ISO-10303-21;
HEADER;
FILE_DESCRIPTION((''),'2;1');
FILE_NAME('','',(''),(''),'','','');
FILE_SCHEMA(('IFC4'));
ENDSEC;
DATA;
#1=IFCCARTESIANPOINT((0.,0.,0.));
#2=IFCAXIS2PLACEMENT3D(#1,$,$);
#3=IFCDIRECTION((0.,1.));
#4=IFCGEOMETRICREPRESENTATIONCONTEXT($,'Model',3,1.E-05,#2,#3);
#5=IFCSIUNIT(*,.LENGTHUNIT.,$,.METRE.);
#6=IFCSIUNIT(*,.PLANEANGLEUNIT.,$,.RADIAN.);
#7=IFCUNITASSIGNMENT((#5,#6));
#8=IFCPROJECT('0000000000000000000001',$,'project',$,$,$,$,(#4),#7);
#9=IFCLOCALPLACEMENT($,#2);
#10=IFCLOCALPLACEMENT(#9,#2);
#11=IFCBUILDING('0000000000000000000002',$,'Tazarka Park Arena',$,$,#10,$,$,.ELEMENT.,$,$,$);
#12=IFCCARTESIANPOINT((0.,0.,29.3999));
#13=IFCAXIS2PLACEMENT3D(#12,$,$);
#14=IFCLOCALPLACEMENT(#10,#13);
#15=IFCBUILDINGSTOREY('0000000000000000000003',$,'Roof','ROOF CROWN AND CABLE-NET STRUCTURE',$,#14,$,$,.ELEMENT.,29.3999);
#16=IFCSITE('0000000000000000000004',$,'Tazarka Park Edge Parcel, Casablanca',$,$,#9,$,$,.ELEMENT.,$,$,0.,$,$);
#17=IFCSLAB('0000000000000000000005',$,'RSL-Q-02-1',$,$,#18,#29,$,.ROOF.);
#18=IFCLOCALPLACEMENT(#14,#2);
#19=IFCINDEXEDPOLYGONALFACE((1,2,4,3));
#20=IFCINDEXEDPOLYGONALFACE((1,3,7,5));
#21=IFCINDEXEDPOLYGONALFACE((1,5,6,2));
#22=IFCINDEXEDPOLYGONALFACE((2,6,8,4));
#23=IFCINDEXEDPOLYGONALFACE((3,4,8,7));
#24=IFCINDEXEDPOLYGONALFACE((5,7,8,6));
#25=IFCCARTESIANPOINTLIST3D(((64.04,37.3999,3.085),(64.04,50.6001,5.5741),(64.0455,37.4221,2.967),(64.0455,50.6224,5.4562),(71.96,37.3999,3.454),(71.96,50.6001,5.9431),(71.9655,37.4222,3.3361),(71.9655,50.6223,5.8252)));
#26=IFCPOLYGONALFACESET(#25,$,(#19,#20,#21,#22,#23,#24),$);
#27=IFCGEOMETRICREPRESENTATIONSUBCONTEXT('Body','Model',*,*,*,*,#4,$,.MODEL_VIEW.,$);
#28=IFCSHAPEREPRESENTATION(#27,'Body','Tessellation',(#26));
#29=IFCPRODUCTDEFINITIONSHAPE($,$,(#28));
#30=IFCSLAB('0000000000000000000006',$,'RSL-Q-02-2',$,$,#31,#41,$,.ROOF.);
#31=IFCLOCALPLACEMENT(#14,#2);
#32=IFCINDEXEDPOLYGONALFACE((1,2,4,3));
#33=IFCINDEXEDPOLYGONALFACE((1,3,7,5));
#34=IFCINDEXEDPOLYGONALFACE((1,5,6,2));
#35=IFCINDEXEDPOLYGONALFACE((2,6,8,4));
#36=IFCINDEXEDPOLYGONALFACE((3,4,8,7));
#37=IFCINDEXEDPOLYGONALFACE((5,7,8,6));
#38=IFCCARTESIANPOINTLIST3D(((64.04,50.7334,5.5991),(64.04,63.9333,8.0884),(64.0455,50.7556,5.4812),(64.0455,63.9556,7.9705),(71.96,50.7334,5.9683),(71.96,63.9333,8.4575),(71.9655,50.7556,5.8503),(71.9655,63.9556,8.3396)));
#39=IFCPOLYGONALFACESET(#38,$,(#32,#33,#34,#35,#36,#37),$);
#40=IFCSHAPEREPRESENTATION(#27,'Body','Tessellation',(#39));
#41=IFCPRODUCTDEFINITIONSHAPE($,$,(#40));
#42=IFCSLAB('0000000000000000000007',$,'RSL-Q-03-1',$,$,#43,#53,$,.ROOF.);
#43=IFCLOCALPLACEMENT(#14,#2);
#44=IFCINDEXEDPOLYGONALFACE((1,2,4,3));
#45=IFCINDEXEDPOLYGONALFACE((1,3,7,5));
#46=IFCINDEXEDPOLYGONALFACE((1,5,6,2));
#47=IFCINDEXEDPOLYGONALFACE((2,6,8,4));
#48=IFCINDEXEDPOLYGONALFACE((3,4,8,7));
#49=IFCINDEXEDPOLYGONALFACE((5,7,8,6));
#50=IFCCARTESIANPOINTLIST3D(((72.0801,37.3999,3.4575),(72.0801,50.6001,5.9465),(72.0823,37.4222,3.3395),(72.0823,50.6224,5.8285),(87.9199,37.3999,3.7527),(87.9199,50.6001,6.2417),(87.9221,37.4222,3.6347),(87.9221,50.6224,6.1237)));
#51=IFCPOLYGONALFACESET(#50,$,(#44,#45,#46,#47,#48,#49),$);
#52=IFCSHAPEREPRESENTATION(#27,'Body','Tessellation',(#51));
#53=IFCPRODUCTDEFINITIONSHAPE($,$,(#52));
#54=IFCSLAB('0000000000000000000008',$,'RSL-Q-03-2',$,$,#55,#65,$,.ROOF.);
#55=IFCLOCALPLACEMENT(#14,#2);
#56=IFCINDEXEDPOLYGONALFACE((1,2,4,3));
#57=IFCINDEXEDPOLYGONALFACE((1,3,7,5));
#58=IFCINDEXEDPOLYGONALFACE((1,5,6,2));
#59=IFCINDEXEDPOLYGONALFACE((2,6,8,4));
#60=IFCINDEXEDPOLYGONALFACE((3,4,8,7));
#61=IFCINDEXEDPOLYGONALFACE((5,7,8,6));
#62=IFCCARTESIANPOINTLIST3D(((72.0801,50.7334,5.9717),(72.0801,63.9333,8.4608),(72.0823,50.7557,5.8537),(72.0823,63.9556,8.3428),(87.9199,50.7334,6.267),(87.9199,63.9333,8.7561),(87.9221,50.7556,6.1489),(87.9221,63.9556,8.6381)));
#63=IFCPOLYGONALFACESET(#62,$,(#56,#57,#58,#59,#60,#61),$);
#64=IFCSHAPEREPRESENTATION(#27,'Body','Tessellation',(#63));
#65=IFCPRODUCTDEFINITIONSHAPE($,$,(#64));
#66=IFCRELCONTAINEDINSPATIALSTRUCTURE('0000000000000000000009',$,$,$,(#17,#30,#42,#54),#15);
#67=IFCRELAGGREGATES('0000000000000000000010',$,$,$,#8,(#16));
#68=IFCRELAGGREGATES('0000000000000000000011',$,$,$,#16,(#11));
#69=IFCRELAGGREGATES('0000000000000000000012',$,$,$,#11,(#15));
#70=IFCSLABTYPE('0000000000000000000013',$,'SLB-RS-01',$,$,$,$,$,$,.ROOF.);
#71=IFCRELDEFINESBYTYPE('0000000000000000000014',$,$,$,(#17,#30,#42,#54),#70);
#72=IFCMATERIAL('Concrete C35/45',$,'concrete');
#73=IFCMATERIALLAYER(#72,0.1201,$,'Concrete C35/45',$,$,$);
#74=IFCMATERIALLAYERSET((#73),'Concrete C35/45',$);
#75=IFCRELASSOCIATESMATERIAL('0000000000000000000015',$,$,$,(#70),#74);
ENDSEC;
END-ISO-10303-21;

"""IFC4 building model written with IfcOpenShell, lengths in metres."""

from ifc_helpers import new_model, si_unit, direction, frame, origin, place, context, subcontext, project, spatial, polyline, outline, extrude, material, layer, layer_set, type_object, element, save


model = new_model("IFC4")

# Units and contexts
model_context = context("Model", 3, precision=1e-05, world=origin(), true_north=direction((0.0, 1.0)))
body_context = subcontext(model_context, "Body", "Model", "MODEL_VIEW")
ifc_project = project(units=[si_unit("LENGTHUNIT", "METRE"), si_unit("PLANEANGLEUNIT", "RADIAN")], contexts=[model_context])

# Site, building, storey
site_placement = place(None, origin())
site = spatial("IfcSite", under=ifc_project, at=site_placement, Name="Tazarka Park Edge Parcel, Casablanca", CompositionType="ELEMENT", RefElevation=0.0)
building_placement = place(site_placement, origin())
building = spatial("IfcBuilding", under=site, at=building_placement, Name="Tazarka Park Arena", CompositionType="ELEMENT")
storey_placement = place(building_placement, frame((0.0, 0.0, 29.3999)))
storey = spatial("IfcBuildingStorey", under=building, at=storey_placement, Name="Roof", Description="ROOF CROWN AND CABLE-NET STRUCTURE", CompositionType="ELEMENT", Elevation=29.3999)

# Slabs
ifc_material_1 = material(Name="Concrete C35/45", Category="concrete")
ifc_layer_1 = layer(ifc_material_1, 0.1201, Name="Concrete C35/45")
ifc_layer_set_1 = layer_set([ifc_layer_1], Name="Concrete C35/45")
slab_type = type_object("IfcSlabType", Name="SLB-RS-01", PredefinedType="ROOF", material=ifc_layer_set_1)
slab_1_placement = place(storey_placement, frame((64.04, 37.3999, 3.085), z_axis=(-0.045739, -0.185108, 0.981653), x_axis=(0.998916, 0.000003, 0.046544)))
element("IfcSlab", 1, at=slab_1_placement, inside=storey, type_object=slab_type, Name="RSL-Q-02-1", PredefinedType="ROOF", context=body_context, shape_type="SweptSolid", body=[
    extrude(outline(polyline([(0.0, 0.0), (7.9285, 0.0), (8.0444, 13.4323), (0.1159, 13.4324), (0.0, 0.0)])), origin(), (0.0, 0.0, -1.0), 0.1201),
])
slab_2_placement = place(storey_placement, frame((64.04, 50.7334, 5.5991), z_axis=(-0.045754, -0.18512, 0.98165), x_axis=(0.998916, 0.0, 0.046559)))
element("IfcSlab", 2, at=slab_2_placement, inside=storey, type_object=slab_type, Name="RSL-Q-02-2", PredefinedType="ROOF", context=body_context, shape_type="SweptSolid", body=[
    extrude(outline(polyline([(0.0, 0.0), (7.9285, 0.0), (8.0444, 13.4321), (0.1159, 13.4321), (0.0, 0.0)])), origin(), (0.0, 0.0, -1.0), 0.1201),
])
slab_3_placement = place(storey_placement, frame((72.0801, 37.3999, 3.4575), z_axis=(-0.018309, -0.185263, 0.982518), x_axis=(0.999826, 0.0, 0.018631)))
element("IfcSlab", 3, at=slab_3_placement, inside=storey, type_object=slab_type, Name="RSL-Q-03-1", PredefinedType="ROOF", context=body_context, shape_type="SweptSolid", body=[
    extrude(outline(polyline([(0.0, 0.0), (15.8426, 0.0), (15.889, 13.4327), (0.0464, 13.4327), (0.0, 0.0)])), origin(), (0.0, 0.0, -1.0), 0.1201),
])
slab_4_placement = place(storey_placement, frame((72.0801, 50.7334, 5.9717), z_axis=(-0.018316, -0.185275, 0.982516), x_axis=(0.999826, -0.000001, 0.018639)))
element("IfcSlab", 4, at=slab_4_placement, inside=storey, type_object=slab_type, Name="RSL-Q-03-2", PredefinedType="ROOF", context=body_context, shape_type="SweptSolid", body=[
    extrude(outline(polyline([(0.0, 0.0), (15.8426, 0.0), (15.889, 13.4325), (0.0464, 13.4325), (0.0, 0.0)])), origin(), (0.0, 0.0, -1.0), 0.1201),
])

save(model, "model.ifc")
